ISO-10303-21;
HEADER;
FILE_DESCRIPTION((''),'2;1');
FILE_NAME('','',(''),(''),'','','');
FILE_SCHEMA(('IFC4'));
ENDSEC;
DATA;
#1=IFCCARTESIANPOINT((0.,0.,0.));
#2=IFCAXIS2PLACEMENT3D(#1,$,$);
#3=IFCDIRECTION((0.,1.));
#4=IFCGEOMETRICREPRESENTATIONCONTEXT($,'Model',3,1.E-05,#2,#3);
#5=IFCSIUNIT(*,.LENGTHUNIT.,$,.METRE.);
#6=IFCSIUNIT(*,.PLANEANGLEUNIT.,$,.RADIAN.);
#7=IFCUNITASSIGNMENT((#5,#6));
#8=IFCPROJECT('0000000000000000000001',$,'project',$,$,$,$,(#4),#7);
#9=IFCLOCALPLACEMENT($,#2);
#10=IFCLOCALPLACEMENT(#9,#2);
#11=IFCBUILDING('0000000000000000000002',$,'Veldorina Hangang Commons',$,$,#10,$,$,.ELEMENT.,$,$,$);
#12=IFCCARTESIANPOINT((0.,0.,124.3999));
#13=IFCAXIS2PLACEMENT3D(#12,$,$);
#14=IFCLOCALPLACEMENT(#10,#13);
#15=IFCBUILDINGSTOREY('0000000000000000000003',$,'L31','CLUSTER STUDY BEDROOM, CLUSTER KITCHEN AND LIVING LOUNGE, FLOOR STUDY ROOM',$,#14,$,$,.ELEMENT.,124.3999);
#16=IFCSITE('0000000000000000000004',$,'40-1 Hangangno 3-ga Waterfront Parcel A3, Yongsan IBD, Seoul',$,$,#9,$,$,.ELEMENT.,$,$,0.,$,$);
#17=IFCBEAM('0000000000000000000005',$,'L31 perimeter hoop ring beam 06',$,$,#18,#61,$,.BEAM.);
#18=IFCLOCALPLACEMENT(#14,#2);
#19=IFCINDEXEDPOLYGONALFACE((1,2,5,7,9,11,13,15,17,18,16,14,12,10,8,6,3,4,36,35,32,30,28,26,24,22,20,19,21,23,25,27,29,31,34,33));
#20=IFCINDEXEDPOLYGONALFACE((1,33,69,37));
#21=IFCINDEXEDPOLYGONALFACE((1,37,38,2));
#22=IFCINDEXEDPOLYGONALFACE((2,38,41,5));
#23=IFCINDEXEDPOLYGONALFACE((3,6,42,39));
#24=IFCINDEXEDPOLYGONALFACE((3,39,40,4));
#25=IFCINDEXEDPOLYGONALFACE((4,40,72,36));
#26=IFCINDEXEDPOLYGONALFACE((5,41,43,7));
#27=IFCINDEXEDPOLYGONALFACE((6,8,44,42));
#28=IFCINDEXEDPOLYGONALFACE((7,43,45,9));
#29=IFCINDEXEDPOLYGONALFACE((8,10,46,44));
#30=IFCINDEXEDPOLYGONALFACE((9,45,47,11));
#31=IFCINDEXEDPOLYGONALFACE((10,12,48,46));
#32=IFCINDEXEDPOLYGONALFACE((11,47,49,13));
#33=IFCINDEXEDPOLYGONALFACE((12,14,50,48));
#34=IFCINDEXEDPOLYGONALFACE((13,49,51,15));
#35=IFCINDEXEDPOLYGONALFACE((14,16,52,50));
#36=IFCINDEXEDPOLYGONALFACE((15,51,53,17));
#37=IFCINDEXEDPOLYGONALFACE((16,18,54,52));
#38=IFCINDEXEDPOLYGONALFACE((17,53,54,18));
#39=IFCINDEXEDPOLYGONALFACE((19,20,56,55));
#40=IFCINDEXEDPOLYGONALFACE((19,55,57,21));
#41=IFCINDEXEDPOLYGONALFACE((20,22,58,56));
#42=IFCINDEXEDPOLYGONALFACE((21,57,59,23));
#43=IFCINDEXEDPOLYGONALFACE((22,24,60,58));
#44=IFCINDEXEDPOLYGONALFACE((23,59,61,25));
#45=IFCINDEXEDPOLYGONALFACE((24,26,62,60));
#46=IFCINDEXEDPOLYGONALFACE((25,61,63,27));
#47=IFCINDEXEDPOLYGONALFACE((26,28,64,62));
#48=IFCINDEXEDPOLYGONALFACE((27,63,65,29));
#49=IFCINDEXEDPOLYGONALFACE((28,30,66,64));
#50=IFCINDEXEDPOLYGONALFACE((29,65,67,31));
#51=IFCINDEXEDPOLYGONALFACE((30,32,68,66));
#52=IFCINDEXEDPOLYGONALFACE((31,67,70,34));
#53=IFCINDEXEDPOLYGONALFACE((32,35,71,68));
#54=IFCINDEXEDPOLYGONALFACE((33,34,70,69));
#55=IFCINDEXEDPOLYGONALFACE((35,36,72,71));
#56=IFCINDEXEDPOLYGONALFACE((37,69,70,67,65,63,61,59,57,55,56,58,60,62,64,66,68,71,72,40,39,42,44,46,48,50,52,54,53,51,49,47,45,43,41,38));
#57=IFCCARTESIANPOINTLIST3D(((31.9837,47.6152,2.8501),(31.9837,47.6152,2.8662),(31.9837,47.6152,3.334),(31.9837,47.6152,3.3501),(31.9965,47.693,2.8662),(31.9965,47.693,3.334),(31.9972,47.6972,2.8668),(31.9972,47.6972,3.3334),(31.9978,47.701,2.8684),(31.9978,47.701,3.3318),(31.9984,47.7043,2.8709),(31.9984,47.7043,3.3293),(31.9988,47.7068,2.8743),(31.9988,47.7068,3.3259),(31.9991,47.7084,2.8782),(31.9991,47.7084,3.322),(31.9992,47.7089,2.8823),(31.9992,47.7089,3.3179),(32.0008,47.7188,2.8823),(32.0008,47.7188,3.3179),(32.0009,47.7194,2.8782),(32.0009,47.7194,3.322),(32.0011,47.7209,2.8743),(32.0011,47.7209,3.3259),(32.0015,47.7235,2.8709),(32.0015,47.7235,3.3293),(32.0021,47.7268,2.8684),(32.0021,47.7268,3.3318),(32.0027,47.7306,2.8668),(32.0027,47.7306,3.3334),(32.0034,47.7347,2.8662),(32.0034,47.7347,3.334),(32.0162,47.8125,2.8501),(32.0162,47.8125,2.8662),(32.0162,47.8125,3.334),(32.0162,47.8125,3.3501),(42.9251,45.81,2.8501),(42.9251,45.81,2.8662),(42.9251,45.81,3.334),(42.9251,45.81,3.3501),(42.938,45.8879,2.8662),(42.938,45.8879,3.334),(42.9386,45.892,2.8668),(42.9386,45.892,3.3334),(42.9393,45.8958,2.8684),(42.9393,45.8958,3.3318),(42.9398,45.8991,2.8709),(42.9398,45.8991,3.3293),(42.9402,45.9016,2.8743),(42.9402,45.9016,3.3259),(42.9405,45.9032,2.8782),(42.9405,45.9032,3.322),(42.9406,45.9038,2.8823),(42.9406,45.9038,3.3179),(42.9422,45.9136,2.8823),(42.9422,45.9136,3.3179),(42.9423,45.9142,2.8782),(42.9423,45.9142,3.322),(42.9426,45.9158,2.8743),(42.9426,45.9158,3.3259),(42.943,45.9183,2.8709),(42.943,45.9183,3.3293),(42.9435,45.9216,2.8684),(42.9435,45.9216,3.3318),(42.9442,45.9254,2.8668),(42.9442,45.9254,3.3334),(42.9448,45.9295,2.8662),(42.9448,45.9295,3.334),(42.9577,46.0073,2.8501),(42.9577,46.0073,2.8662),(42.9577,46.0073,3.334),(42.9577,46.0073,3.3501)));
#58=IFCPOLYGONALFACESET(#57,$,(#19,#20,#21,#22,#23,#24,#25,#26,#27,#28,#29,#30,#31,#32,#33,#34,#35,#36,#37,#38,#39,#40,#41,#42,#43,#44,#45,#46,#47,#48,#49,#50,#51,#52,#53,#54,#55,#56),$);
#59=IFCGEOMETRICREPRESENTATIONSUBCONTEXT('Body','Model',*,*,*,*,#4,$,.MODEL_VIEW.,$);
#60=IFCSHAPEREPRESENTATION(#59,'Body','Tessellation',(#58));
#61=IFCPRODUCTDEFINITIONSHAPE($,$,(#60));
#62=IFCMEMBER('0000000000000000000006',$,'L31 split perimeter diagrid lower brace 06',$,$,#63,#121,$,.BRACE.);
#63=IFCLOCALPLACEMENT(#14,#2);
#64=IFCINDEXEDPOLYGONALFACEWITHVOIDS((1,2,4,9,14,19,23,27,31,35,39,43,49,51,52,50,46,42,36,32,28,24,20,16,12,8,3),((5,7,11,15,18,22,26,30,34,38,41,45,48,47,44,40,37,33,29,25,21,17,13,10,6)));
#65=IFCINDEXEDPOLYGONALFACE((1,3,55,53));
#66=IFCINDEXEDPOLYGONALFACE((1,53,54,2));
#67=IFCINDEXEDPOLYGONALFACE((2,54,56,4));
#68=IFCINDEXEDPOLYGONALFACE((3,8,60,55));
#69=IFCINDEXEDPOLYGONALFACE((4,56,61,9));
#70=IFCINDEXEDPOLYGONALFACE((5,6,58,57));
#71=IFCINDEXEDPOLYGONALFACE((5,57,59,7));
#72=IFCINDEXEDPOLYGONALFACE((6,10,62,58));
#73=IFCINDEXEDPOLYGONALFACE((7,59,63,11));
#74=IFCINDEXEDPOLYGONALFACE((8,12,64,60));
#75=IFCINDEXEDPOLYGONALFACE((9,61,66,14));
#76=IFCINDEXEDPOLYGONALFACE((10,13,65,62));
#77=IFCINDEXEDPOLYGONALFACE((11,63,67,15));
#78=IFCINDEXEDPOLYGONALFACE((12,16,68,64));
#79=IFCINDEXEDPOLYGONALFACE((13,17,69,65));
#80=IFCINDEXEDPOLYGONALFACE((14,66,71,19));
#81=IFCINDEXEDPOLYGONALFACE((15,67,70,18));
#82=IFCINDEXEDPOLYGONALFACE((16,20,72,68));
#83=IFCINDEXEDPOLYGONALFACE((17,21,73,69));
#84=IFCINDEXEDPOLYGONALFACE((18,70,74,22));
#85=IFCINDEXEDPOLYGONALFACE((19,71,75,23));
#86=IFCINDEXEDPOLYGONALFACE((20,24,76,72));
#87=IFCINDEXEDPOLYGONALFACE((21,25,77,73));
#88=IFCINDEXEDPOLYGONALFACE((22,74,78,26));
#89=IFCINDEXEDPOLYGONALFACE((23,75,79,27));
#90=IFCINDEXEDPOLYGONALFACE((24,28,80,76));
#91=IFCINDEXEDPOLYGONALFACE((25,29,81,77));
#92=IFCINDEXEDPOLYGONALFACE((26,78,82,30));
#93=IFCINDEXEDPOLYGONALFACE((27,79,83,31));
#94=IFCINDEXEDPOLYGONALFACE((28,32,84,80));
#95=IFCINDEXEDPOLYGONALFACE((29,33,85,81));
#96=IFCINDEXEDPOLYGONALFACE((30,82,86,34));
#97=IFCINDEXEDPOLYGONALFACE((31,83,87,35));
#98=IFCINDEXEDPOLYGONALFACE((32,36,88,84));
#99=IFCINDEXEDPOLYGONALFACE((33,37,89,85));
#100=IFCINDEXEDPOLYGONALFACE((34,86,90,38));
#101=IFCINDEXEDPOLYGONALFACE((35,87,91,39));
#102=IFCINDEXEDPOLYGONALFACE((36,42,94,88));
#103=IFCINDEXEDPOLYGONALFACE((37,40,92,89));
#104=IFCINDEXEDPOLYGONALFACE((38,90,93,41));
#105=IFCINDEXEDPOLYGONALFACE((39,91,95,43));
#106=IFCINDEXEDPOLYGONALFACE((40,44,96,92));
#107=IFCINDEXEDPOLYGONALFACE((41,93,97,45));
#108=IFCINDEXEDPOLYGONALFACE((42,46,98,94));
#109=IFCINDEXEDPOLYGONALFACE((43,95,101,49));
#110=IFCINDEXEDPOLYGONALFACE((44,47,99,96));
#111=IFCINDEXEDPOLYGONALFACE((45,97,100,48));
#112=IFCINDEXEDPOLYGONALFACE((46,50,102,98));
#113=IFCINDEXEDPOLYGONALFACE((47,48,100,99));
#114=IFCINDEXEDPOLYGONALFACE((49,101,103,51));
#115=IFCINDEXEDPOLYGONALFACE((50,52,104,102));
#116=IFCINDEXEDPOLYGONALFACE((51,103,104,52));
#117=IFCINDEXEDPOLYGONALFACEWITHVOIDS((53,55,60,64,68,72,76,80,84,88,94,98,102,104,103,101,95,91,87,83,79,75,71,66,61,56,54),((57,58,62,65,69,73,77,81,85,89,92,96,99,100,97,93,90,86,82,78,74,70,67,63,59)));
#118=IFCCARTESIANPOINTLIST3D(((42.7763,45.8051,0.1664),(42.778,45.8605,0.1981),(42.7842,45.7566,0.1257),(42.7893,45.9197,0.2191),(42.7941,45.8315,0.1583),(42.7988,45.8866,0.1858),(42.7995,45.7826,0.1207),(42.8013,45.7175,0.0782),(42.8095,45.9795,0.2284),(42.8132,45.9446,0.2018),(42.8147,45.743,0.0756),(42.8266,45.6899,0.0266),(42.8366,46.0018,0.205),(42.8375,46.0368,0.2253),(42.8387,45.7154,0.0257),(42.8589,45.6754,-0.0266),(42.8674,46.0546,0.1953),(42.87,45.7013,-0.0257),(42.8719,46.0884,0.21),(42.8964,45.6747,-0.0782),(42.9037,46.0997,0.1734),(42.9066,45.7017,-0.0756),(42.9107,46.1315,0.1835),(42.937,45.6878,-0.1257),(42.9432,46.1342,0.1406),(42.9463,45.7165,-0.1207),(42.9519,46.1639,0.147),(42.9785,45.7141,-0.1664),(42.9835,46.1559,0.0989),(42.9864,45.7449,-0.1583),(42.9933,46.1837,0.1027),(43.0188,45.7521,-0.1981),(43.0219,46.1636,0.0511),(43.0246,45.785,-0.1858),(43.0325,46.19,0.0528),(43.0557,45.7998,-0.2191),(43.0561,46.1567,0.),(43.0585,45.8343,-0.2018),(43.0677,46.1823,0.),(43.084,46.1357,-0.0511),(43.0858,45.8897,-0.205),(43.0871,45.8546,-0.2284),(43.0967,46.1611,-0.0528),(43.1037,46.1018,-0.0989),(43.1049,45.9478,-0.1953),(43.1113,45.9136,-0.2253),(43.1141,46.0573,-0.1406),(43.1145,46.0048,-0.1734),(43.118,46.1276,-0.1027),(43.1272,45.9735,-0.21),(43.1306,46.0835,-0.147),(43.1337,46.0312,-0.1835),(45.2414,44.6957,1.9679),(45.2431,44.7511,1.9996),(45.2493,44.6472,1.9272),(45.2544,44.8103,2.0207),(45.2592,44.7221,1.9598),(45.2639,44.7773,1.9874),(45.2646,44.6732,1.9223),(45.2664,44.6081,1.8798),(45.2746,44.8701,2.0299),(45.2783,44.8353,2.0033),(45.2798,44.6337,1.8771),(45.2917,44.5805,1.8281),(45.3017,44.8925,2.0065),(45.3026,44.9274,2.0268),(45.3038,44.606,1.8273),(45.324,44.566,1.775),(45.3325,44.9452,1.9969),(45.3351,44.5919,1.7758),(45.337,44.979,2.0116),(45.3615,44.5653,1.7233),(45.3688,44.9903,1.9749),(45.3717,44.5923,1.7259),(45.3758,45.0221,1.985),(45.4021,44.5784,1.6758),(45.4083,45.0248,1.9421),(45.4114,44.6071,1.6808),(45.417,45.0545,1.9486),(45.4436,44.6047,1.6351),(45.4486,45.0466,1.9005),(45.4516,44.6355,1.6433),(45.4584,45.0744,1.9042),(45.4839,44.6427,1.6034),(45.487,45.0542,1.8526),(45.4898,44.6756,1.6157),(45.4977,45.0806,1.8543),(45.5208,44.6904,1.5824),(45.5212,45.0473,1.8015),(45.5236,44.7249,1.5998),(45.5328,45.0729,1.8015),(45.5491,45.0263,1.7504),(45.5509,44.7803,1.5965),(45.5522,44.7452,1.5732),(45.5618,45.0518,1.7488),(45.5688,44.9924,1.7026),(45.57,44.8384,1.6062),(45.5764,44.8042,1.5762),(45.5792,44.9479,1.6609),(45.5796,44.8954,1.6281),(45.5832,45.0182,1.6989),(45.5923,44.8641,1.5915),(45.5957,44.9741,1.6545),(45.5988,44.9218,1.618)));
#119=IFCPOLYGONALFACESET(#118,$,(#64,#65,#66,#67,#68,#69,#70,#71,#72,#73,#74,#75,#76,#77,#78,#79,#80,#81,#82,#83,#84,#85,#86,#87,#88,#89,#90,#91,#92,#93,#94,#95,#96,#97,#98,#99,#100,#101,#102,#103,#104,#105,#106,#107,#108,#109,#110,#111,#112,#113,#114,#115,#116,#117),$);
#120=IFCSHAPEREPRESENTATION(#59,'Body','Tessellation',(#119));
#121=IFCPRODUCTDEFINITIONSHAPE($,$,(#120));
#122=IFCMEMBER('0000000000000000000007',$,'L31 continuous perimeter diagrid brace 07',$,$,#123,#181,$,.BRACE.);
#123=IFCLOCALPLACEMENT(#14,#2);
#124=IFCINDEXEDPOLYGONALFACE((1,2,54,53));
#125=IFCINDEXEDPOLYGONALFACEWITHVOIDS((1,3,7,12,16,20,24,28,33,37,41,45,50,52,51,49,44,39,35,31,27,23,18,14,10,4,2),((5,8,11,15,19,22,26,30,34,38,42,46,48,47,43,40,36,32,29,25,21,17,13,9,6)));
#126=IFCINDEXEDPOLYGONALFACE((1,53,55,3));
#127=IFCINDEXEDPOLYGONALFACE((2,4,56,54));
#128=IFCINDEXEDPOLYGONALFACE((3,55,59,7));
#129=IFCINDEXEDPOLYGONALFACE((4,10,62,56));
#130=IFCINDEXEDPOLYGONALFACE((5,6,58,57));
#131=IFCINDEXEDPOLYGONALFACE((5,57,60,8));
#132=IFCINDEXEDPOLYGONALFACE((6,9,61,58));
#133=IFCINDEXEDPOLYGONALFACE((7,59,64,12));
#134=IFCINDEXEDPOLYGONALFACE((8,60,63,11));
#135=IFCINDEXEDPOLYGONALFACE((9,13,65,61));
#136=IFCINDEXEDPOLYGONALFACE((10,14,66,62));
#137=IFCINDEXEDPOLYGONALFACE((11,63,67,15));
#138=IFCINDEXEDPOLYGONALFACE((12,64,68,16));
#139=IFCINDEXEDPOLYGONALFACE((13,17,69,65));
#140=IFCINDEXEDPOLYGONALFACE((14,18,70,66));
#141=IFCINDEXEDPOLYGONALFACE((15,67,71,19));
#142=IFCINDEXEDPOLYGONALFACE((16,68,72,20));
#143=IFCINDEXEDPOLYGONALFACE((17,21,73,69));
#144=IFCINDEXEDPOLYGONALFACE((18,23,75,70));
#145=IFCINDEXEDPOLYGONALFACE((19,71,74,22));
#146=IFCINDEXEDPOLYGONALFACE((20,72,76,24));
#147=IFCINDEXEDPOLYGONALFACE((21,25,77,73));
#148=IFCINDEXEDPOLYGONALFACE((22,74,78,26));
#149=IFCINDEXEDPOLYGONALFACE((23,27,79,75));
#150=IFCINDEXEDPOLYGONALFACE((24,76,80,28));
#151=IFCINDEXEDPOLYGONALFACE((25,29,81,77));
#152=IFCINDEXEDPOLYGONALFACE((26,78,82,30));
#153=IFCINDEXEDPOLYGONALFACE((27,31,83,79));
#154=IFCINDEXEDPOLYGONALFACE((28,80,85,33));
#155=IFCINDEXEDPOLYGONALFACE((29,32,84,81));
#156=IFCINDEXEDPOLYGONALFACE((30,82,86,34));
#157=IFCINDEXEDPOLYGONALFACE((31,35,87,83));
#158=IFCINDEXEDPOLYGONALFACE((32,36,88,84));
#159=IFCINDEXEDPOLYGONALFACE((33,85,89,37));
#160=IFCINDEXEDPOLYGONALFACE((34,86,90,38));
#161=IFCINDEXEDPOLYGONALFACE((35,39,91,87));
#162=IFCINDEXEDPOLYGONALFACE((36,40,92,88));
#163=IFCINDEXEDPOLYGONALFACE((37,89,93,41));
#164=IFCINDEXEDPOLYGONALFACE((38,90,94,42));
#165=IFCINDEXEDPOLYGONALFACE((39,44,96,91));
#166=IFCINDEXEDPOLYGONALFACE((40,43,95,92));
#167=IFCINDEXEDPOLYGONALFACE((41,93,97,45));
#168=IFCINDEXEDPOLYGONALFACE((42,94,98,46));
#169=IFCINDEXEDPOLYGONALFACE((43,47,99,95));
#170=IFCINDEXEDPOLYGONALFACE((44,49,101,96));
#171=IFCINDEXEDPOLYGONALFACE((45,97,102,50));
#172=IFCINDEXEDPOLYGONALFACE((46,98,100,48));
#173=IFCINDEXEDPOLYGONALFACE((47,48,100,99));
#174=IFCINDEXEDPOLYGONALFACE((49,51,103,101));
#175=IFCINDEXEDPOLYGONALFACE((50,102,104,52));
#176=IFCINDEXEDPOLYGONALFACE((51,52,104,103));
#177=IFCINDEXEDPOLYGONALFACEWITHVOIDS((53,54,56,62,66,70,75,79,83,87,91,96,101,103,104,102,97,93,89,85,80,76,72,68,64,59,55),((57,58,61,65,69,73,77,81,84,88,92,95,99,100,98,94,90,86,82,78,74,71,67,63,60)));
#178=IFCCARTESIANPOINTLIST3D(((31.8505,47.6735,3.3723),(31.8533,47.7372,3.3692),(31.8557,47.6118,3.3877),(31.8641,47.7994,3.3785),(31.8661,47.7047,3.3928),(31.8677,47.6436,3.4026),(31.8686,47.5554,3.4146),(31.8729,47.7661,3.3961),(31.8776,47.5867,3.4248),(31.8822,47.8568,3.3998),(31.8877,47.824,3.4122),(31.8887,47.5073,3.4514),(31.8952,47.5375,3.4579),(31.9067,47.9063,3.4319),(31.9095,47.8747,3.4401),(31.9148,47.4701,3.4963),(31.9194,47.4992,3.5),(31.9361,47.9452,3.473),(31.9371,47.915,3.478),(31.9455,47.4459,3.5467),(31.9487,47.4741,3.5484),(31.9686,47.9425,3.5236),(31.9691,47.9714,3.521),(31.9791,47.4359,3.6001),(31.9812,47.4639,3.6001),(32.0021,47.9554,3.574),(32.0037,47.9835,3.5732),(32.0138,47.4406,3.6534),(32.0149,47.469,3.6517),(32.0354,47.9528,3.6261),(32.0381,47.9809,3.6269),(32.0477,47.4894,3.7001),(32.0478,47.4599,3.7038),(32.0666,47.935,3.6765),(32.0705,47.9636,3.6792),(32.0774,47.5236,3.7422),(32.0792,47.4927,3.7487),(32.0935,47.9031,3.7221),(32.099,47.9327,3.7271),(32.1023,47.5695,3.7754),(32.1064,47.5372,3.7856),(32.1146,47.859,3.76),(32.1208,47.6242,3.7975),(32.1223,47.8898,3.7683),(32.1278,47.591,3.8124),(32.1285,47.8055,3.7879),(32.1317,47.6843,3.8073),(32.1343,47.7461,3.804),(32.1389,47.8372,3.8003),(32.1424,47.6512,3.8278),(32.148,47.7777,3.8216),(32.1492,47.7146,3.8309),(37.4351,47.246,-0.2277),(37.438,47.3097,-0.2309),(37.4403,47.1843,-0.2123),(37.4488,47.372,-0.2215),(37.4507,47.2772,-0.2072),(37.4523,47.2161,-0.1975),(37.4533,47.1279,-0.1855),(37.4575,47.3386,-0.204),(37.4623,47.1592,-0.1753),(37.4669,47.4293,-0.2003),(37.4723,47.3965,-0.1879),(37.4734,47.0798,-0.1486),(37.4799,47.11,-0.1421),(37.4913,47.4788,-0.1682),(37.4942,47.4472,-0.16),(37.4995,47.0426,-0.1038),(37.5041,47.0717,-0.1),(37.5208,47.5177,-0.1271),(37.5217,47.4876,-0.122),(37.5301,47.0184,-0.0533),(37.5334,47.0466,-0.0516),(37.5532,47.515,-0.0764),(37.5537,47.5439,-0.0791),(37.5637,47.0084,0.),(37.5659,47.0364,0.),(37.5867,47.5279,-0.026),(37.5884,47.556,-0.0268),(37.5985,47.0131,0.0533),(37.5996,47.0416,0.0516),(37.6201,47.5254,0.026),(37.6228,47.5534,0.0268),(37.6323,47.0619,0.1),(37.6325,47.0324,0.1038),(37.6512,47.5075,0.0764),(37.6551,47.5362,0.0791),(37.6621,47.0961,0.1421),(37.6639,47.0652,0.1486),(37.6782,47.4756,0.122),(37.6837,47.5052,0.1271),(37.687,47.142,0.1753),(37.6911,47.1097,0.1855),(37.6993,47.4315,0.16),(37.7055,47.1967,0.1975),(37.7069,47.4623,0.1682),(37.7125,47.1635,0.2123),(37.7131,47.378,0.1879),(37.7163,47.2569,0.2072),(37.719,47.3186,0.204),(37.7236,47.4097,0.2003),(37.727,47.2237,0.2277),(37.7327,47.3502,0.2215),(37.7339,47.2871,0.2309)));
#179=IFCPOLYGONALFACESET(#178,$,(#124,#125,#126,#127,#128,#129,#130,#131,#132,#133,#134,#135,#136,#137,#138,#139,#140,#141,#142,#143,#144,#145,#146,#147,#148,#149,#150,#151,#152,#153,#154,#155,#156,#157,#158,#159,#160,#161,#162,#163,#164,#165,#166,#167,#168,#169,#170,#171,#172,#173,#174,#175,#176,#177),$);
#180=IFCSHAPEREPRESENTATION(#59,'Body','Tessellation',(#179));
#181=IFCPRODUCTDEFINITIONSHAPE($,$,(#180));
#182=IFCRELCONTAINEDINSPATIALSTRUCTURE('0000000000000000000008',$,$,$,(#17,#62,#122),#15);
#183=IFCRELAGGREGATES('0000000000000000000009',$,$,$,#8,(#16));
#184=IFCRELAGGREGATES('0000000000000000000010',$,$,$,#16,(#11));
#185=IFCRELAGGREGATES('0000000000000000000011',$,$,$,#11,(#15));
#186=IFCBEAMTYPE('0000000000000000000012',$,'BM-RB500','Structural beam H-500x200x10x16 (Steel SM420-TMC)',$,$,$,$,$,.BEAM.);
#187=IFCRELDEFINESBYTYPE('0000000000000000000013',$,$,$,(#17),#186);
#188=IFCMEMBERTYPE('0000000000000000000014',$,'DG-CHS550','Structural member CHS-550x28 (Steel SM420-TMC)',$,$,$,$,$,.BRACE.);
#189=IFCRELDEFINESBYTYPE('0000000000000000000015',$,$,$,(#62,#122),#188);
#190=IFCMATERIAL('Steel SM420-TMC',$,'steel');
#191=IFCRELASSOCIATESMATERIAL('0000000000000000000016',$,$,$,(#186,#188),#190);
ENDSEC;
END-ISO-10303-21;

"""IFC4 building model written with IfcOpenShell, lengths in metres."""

from ifc_helpers import new_model, si_unit, direction, frame, origin, origin_2d, place, context, subcontext, project, spatial, hollow_circle, i_section, extrude, material, material_profile, profile_set, type_object, element, save


model = new_model("IFC4")

# Units and contexts
model_context = context("Model", 3, precision=1e-05, world=origin(), true_north=direction((0.0, 1.0)))
body_context = subcontext(model_context, "Body", "Model", "MODEL_VIEW")
ifc_project = project(units=[si_unit("LENGTHUNIT", "METRE"), si_unit("PLANEANGLEUNIT", "RADIAN")], contexts=[model_context])

# Site, building, storey
site_placement = place(None, origin())
site = spatial("IfcSite", under=ifc_project, at=site_placement, Name="40-1 Hangangno 3-ga Waterfront Parcel A3, Yongsan IBD, Seoul", CompositionType="ELEMENT", RefElevation=0.0)
building_placement = place(site_placement, origin())
building = spatial("IfcBuilding", under=site, at=building_placement, Name="Veldorina Hangang Commons", CompositionType="ELEMENT")
storey_placement = place(building_placement, frame((0.0, 0.0, 124.3999)))
storey = spatial("IfcBuildingStorey", under=building, at=storey_placement, Name="L31", Description="CLUSTER STUDY BEDROOM, CLUSTER KITCHEN AND LIVING LOUNGE, FLOOR STUDY ROOM", CompositionType="ELEMENT", Elevation=124.3999)

# Beam
ifc_material_1 = material(Name="Steel SM420-TMC", Category="steel")
ifc_material_profile_1 = material_profile(ifc_material_1, i_section(OverallWidth=0.2, OverallDepth=0.5, WebThickness=0.01, FlangeThickness=0.0161, FilletRadius=0.0161, at=origin_2d()), Name="H-500x200x10x16")
ifc_profile_set_1 = profile_set([ifc_material_profile_1], Name="Steel SM420-TMC")
beam_type = type_object("IfcBeamType", Name="BM-RB500", Description="Structural beam H-500x200x10x16 (Steel SM420-TMC)", PredefinedType="BEAM", material=ifc_profile_set_1)
beam_placement = place(storey_placement, frame((42.9414, 45.9087, 3.1001), z_axis=(-0.986662, 0.162785, 0.0), x_axis=(-0.162785, -0.986662, 0.0)))
element("IfcBeam", 1, at=beam_placement, inside=storey, type_object=beam_type, Name="L31 perimeter hoop ring beam 06", PredefinedType="BEAM", context=body_context, shape_type="SweptSolid", body=[
    extrude(i_section(OverallWidth=0.2, OverallDepth=0.5, WebThickness=0.01, FlangeThickness=0.0161, FilletRadius=0.0161, at=origin_2d()), origin(), (0.0, 0.0, 1.0), 11.0894),
])

# Members
ifc_material_profile_2 = material_profile(ifc_material_1, hollow_circle(Radius=0.2749, WallThickness=0.0281, at=origin_2d()), Name="CHS-550x28")
ifc_profile_set_2 = profile_set([ifc_material_profile_2], Name="Steel SM420-TMC")
member_type = type_object("IfcMemberType", Name="DG-CHS550", Description="Structural member CHS-550x28 (Steel SM420-TMC)", PredefinedType="BRACE", material=ifc_profile_set_2)
member_1_placement = place(storey_placement, frame((42.9548, 45.9316, 0.0), z_axis=(0.758836, -0.341503, 0.554566), x_axis=(0.410391, 0.91191, 0.0)))
element("IfcMember", 2, at=member_1_placement, inside=storey, type_object=member_type, Name="L31 split perimeter diagrid lower brace 06", PredefinedType="BRACE", context=body_context, shape_type="SweptSolid", body=[
    extrude(hollow_circle(Radius=0.2749, WallThickness=0.0281, at=origin_2d()), origin(), (0.0, 0.0, 1.0), 3.2485),
])
member_2_placement = place(storey_placement, frame((37.5847, 47.2825, 0.0), z_axis=(-0.838764, 0.064204, 0.540696), x_axis=(-0.076323, -0.997083, 0.0)))
element("IfcMember", 3, at=member_2_placement, inside=storey, type_object=member_type, Name="L31 continuous perimeter diagrid brace 07", PredefinedType="BRACE", context=body_context, shape_type="SweptSolid", body=[
    extrude(hollow_circle(Radius=0.2749, WallThickness=0.0281, at=origin_2d()), origin(), (0.0, 0.0, 1.0), 6.6582),
])

save(model, "model.ifc")
